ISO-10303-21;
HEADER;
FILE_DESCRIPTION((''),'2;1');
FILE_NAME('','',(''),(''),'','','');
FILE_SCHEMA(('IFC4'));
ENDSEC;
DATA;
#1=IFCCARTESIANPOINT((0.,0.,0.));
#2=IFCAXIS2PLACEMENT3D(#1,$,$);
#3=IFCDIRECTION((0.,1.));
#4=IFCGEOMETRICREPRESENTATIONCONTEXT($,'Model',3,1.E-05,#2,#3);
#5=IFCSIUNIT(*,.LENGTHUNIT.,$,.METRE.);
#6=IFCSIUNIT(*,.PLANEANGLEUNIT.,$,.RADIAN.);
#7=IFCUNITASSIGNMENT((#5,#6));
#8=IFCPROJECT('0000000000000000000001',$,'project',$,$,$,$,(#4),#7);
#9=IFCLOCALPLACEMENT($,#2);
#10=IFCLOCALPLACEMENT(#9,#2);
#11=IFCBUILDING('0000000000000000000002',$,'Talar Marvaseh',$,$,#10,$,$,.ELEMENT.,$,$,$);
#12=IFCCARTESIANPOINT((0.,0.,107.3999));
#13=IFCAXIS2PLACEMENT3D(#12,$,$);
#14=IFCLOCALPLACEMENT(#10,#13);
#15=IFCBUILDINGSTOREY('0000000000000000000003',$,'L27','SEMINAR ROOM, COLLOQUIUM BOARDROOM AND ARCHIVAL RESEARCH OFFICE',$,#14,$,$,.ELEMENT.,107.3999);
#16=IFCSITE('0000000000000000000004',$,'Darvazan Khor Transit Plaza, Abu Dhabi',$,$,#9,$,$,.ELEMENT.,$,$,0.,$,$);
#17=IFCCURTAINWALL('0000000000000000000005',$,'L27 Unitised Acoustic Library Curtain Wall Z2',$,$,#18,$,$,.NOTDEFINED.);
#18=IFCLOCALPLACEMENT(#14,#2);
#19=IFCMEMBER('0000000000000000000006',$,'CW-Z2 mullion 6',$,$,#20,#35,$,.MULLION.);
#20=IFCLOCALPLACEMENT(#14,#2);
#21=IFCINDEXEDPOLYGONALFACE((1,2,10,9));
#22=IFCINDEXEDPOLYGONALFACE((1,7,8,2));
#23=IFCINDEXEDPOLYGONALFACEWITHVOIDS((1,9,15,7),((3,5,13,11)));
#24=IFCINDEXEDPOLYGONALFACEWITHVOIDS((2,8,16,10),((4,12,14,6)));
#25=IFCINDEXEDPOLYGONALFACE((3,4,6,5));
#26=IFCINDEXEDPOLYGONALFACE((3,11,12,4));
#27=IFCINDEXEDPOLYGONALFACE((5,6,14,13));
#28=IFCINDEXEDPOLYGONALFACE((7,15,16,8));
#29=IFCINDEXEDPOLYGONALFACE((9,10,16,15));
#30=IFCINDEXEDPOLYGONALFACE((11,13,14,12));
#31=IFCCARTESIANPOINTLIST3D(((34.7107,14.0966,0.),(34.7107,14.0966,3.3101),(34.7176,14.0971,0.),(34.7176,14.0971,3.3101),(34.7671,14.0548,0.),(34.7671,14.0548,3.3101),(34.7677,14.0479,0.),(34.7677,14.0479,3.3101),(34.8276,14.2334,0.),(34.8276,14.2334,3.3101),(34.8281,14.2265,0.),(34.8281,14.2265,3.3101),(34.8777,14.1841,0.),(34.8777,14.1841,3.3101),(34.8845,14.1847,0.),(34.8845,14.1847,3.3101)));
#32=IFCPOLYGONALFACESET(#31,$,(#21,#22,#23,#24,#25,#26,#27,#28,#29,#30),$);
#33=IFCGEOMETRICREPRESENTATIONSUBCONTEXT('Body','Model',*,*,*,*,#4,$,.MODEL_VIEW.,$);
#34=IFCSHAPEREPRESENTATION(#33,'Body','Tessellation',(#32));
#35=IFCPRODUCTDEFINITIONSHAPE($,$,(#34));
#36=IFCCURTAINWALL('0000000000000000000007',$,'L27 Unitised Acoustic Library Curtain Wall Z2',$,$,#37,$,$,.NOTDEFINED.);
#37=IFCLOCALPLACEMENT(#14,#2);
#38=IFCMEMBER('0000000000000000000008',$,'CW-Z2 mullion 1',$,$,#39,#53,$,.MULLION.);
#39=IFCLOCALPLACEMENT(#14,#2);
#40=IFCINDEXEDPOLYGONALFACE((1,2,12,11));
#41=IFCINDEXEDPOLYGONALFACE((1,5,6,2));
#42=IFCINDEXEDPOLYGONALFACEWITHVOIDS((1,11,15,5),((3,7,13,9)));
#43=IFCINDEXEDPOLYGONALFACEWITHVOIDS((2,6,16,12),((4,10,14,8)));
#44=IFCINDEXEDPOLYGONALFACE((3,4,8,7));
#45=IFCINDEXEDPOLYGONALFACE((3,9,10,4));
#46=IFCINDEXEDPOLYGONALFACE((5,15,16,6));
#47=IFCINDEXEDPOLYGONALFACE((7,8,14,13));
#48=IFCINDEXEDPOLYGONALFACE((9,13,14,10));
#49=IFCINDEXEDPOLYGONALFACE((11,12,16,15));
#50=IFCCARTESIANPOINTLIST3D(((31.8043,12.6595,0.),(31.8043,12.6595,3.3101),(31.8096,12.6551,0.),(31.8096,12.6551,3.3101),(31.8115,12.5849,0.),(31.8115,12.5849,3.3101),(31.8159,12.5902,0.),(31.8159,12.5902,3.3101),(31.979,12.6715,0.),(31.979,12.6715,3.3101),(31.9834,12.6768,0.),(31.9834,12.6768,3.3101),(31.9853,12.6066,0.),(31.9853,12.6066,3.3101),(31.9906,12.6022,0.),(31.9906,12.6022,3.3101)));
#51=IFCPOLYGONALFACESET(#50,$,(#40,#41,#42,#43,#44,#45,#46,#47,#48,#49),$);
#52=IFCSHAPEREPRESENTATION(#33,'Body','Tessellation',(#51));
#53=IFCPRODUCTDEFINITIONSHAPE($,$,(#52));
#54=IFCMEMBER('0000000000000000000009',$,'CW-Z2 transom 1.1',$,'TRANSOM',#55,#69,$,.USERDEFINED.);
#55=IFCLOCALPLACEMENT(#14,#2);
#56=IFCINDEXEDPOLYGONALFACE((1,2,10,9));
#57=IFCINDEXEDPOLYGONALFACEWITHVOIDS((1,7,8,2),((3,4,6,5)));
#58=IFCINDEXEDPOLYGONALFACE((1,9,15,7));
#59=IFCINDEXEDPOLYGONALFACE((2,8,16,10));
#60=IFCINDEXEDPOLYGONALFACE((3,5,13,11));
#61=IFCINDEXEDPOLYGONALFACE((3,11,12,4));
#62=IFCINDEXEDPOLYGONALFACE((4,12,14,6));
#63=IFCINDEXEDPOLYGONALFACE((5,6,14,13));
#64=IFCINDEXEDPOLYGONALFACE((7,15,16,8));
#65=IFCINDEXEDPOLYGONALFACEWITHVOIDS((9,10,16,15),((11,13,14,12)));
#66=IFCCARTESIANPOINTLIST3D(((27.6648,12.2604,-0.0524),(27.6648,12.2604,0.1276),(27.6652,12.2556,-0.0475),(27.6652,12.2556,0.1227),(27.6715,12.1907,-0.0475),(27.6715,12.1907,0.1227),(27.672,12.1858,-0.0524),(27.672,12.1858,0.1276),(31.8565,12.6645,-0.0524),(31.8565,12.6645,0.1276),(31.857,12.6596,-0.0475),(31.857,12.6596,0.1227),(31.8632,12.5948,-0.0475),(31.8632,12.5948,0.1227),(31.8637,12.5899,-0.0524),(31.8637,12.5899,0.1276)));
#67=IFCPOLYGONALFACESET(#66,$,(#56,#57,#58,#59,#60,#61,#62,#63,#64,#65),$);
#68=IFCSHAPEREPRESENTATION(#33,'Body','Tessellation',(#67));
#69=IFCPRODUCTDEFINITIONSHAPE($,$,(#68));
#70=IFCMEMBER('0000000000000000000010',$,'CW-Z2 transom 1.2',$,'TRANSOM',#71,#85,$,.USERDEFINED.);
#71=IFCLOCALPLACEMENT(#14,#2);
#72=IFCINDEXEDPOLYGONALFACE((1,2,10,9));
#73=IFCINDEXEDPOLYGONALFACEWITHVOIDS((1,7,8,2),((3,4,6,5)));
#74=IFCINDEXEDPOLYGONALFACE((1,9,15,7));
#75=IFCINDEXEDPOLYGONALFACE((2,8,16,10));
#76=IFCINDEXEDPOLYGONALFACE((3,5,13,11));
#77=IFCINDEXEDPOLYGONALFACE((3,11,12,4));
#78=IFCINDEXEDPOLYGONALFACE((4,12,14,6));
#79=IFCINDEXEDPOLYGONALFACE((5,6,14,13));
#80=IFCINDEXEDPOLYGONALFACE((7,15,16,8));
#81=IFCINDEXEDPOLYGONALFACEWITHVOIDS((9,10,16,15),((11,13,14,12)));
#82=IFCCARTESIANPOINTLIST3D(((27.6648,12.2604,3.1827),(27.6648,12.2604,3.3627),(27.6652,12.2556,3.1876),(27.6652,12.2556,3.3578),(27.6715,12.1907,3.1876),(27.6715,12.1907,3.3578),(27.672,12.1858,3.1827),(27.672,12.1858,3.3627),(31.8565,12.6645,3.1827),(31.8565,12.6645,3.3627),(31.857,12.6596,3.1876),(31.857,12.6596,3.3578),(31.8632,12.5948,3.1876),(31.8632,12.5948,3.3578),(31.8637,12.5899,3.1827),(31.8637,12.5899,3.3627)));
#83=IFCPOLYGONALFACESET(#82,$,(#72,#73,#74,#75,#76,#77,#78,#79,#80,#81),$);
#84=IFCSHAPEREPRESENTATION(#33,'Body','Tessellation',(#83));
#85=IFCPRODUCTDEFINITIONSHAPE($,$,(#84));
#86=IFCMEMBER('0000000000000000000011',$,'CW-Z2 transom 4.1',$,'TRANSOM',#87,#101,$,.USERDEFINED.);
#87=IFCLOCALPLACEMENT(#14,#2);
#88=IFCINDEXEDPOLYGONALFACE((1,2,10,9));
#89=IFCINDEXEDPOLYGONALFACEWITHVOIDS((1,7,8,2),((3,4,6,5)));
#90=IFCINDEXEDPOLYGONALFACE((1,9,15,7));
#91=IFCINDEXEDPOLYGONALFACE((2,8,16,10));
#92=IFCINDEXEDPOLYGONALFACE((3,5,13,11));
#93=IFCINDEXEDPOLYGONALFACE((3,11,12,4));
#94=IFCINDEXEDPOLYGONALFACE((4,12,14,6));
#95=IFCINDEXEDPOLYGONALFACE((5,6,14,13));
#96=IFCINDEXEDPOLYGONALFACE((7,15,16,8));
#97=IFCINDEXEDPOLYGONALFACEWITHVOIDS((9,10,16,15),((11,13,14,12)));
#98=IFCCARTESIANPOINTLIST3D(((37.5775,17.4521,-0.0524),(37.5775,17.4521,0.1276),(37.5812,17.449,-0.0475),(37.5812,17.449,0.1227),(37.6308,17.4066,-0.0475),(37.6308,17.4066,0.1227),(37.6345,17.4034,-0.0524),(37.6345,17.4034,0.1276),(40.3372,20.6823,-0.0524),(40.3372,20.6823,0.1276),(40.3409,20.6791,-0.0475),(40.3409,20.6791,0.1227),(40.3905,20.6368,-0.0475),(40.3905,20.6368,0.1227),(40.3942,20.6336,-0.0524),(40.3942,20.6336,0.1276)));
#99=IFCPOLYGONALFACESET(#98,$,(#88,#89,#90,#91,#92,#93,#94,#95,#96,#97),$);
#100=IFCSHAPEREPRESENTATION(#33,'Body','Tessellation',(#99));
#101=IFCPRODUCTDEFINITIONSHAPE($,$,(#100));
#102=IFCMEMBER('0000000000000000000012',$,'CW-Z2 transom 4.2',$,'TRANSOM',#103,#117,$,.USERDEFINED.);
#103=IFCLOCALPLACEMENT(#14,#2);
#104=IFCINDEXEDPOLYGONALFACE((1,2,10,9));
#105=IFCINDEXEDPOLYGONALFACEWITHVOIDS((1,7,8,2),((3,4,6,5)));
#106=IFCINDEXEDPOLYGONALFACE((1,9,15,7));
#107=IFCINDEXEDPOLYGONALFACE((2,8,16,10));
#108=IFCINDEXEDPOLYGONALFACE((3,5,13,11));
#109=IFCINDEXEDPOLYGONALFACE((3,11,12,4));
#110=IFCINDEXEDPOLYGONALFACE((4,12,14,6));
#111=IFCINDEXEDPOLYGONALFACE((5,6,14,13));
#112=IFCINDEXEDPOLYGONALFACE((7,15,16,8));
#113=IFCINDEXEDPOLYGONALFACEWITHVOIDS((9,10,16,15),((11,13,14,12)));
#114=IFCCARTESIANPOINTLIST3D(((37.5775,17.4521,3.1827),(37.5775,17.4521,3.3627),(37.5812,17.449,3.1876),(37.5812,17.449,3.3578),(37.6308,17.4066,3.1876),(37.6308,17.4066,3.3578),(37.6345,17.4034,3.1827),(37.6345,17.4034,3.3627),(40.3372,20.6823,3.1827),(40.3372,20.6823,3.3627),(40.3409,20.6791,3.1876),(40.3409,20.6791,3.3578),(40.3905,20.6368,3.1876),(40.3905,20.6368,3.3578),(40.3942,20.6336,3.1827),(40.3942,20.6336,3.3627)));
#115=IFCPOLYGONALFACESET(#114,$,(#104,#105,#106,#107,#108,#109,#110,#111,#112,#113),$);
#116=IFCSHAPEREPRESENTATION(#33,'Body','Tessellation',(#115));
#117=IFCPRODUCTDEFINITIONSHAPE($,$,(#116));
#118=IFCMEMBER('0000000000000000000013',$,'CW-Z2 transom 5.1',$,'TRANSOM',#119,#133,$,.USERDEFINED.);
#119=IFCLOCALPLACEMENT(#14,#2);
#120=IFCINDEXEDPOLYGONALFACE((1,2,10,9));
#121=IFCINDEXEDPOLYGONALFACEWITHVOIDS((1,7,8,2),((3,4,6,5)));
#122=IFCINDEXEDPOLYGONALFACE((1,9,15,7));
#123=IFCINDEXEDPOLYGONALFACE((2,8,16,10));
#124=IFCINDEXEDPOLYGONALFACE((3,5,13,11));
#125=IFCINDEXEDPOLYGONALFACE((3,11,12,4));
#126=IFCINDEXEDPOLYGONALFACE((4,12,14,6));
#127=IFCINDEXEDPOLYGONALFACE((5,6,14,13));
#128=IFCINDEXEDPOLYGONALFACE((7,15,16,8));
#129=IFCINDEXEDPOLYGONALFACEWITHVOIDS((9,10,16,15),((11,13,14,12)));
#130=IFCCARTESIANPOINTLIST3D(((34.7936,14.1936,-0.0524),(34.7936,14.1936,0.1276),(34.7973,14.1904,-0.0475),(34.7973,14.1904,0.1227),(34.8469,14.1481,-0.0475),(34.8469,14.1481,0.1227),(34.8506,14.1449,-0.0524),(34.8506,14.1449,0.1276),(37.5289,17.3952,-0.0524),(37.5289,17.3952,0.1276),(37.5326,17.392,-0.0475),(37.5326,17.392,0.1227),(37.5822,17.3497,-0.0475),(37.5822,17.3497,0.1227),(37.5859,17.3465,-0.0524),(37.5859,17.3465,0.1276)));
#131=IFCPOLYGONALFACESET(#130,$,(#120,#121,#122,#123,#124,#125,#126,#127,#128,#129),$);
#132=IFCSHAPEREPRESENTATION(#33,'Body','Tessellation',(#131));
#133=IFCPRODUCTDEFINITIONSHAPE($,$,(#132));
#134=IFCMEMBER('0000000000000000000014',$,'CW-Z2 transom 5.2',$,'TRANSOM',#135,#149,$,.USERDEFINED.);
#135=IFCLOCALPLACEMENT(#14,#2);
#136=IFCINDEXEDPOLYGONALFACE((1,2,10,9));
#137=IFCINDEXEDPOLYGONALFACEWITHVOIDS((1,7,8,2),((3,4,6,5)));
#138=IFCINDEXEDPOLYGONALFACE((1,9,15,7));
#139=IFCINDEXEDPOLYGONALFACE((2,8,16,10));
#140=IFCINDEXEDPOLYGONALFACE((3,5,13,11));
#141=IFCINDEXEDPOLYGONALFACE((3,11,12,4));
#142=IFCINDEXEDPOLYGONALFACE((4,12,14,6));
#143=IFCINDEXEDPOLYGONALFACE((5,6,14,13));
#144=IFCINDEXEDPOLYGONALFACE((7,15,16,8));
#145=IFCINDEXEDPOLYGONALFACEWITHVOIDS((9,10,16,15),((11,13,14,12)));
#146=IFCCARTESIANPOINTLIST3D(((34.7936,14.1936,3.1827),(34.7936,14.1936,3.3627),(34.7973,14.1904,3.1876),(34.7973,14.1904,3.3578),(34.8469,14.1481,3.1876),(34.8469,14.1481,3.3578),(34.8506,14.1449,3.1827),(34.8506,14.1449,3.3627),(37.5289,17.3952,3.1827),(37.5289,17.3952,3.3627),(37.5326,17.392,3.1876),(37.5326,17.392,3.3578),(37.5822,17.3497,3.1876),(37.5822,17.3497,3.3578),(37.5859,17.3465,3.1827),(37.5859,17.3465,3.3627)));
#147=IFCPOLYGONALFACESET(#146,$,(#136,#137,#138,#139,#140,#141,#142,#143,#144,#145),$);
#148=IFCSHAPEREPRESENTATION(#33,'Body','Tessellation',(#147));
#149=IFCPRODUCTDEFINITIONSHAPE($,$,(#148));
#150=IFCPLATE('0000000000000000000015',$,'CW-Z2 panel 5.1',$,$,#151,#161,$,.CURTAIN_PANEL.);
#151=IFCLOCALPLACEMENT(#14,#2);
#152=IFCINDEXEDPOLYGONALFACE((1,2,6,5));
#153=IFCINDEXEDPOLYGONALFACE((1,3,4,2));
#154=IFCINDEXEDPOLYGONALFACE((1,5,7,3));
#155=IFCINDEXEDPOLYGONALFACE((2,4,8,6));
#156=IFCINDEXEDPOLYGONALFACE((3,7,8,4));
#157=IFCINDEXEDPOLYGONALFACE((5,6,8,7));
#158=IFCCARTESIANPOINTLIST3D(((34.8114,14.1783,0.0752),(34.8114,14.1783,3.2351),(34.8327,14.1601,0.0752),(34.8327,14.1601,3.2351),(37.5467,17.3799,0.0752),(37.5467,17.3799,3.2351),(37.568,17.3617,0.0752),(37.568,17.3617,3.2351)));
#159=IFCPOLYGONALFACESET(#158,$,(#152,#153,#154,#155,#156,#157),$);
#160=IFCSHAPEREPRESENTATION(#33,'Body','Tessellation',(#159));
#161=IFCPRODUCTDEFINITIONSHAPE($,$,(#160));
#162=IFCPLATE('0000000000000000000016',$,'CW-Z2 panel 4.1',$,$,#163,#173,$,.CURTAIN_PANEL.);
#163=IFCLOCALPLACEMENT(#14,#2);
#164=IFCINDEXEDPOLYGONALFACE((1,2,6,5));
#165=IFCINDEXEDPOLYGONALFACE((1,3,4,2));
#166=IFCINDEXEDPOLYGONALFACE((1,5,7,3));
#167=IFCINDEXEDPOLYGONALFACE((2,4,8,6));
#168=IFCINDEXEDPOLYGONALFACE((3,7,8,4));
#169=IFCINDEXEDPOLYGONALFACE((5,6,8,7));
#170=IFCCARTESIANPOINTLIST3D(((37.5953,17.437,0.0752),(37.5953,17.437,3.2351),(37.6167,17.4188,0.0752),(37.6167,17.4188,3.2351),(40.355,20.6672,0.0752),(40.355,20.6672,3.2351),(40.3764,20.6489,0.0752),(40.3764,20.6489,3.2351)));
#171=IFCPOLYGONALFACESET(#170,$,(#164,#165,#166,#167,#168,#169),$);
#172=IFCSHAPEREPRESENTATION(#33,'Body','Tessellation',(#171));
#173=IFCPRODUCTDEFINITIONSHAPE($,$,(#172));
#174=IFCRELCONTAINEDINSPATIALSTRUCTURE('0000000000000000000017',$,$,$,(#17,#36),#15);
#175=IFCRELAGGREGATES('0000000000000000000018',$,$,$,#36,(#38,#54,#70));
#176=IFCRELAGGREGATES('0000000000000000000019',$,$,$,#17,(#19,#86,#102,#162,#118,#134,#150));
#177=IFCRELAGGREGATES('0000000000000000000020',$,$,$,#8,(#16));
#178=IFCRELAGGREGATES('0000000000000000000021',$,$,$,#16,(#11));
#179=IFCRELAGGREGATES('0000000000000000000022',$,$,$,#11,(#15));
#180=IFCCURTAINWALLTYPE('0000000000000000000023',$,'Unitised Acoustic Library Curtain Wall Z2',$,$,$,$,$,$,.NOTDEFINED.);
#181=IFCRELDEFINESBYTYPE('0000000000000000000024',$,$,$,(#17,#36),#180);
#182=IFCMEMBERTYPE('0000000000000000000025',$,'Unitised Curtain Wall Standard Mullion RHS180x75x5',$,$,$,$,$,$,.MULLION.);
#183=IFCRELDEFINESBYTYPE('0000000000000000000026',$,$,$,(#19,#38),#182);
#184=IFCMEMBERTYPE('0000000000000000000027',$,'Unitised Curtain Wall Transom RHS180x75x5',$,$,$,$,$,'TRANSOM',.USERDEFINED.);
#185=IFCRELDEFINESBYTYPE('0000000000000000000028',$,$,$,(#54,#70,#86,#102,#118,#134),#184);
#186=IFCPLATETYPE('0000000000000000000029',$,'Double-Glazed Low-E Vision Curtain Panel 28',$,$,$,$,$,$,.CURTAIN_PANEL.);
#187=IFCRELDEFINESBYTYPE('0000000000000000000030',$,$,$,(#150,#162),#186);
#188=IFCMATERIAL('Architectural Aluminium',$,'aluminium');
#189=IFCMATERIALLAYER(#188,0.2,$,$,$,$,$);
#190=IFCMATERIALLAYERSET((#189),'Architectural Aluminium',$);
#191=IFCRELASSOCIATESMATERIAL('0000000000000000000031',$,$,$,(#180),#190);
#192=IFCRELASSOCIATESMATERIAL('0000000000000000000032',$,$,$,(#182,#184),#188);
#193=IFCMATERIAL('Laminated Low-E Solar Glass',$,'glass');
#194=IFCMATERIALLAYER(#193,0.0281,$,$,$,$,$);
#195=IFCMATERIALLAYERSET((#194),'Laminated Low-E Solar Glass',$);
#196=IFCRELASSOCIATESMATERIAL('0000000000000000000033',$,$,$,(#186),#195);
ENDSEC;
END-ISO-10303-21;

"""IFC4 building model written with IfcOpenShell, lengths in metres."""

from ifc_helpers import new_model, si_unit, direction, frame, origin, origin_2d, place, context, subcontext, project, spatial, rectangle, hollow_rectangle, extrude, source, transform, mapped, material, layer, layer_set, material_profile, profile_set, type_object, type_shapes, element, aggregate, save


model = new_model("IFC4")

# Units and contexts
model_context = context("Model", 3, precision=1e-05, world=origin(), true_north=direction((0.0, 1.0)))
body_context = subcontext(model_context, "Body", "Model", "MODEL_VIEW")
ifc_project = project(units=[si_unit("LENGTHUNIT", "METRE"), si_unit("PLANEANGLEUNIT", "RADIAN")], contexts=[model_context])

# Site, building, storey
site_placement = place(None, origin())
site = spatial("IfcSite", under=ifc_project, at=site_placement, Name="Darvazan Khor Transit Plaza, Abu Dhabi", CompositionType="ELEMENT", RefElevation=0.0)
building_placement = place(site_placement, origin())
building = spatial("IfcBuilding", under=site, at=building_placement, Name="Talar Marvaseh", CompositionType="ELEMENT")
storey_placement = place(building_placement, frame((0.0, 0.0, 107.3999)))
storey = spatial("IfcBuildingStorey", under=building, at=storey_placement, Name="L27", Description="SEMINAR ROOM, COLLOQUIUM BOARDROOM AND ARCHIVAL RESEARCH OFFICE", CompositionType="ELEMENT", Elevation=107.3999)

# Curtain walls, members
ifc_material_1 = material(Name="Architectural Aluminium", Category="aluminium")
ifc_layer_1 = layer(ifc_material_1, 0.2)
ifc_layer_set_1 = layer_set([ifc_layer_1], Name="Architectural Aluminium")
curtain_wall_type = type_object("IfcCurtainWallType", Name="Unitised Acoustic Library Curtain Wall Z2", PredefinedType="NOTDEFINED", material=ifc_layer_set_1)
curtain_wall_1_placement = place(storey_placement, origin())
curtain_wall_1 = element("IfcCurtainWall", 1, at=curtain_wall_1_placement, inside=storey, type_object=curtain_wall_type, Name="L27 Unitised Acoustic Library Curtain Wall Z2", PredefinedType="NOTDEFINED")
ifc_material_profile_1 = material_profile(ifc_material_1, hollow_rectangle(XDim=0.075, YDim=0.1799, WallThickness=0.0049, at=origin_2d()), Name="RHS180x75x5")
ifc_profile_set_1 = profile_set([ifc_material_profile_1], Name="Architectural Aluminium")
member_type_1 = type_object("IfcMemberType", Name="Unitised Curtain Wall Standard Mullion RHS180x75x5", PredefinedType="MULLION", material=ifc_profile_set_1)
shared_shape_1 = source(origin(), body_context, "Body", "SweptSolid", [
    extrude(hollow_rectangle(XDim=0.075, YDim=0.1799, WallThickness=0.0049, at=origin_2d()), origin(), (0.0, 0.0, 1.0), 3.3101),
])
type_shapes(member_type_1, [shared_shape_1])
member_1_placement = place(storey_placement, frame((34.7976, 14.1406, 0.0), z_axis=(0.0, 0.0, 1.0), x_axis=(0.760305, -0.649567, 0.0)))
member_1 = element("IfcMember", 2, at=member_1_placement, type_object=member_type_1, Name="CW-Z2 mullion 6", PredefinedType="MULLION", context=body_context, shape_type="MappedRepresentation", body=[
    mapped(shared_shape_1, transform((0.0, 0.0, 0.0), x_axis=(1.0, 0.0, 0.0), y_axis=(0.0, 1.0, 0.0), z_axis=(0.0, 0.0, 1.0), scale=1.0)),
])
curtain_wall_2_placement = place(storey_placement, origin())
curtain_wall_2 = element("IfcCurtainWall", 3, at=curtain_wall_2_placement, inside=storey, type_object=curtain_wall_type, Name="L27 Unitised Acoustic Library Curtain Wall Z2", PredefinedType="NOTDEFINED")
member_2_placement = place(storey_placement, frame((31.8975, 12.6309, 0.0), z_axis=(0.0, 0.0, 1.0), x_axis=(0.096, -0.995381, 0.0)))
member_2 = element("IfcMember", 4, at=member_2_placement, type_object=member_type_1, Name="CW-Z2 mullion 1", PredefinedType="MULLION", context=body_context, shape_type="MappedRepresentation", body=[
    mapped(shared_shape_1, transform((0.0, 0.0, 0.0), x_axis=(1.0, 0.0, 0.0), y_axis=(0.0, 1.0, 0.0), z_axis=(0.0, 0.0, 1.0), scale=1.0)),
])
ifc_material_profile_2 = material_profile(ifc_material_1, hollow_rectangle(XDim=0.075, YDim=0.1799, WallThickness=0.0049, at=origin_2d()), Name="RHS180x75x5")
ifc_profile_set_2 = profile_set([ifc_material_profile_2], Name="Architectural Aluminium")
member_type_2 = type_object("IfcMemberType", Name="Unitised Curtain Wall Transom RHS180x75x5", ElementType="TRANSOM", PredefinedType="USERDEFINED", material=ifc_profile_set_2)
shared_shape_2 = source(origin(), body_context, "Body", "SweptSolid", [
    extrude(hollow_rectangle(XDim=0.075, YDim=0.1799, WallThickness=0.0049, at=origin_2d()), origin(), (0.0, 0.0, 1.0), 4.2112),
])
member_3_placement = place(storey_placement, frame((31.8601, 12.6272, 0.0376), z_axis=(-0.995386, -0.09595, 0.0), x_axis=(0.09595, -0.995386, 0.0)))
member_3 = element("IfcMember", 5, at=member_3_placement, type_object=member_type_2, Name="CW-Z2 transom 1.1", ObjectType="TRANSOM", PredefinedType="USERDEFINED", context=body_context, shape_type="MappedRepresentation", body=[
    mapped(shared_shape_2, transform((0.0, 0.0, 0.0), x_axis=(1.0, 0.0, 0.0), y_axis=(0.0, 1.0, 0.0), z_axis=(0.0, 0.0, 1.0), scale=1.0)),
])
member_4_placement = place(storey_placement, frame((31.8601, 12.6272, 3.2727), z_axis=(-0.995386, -0.09595, 0.0), x_axis=(0.09595, -0.995386, 0.0)))
member_4 = element("IfcMember", 6, at=member_4_placement, type_object=member_type_2, Name="CW-Z2 transom 1.2", ObjectType="TRANSOM", PredefinedType="USERDEFINED", context=body_context, shape_type="MappedRepresentation", body=[
    mapped(shared_shape_2, transform((0.0, 0.0, 0.0), x_axis=(1.0, 0.0, 0.0), y_axis=(0.0, 1.0, 0.0), z_axis=(0.0, 0.0, 1.0), scale=1.0)),
])
aggregate(curtain_wall_2, [member_2, member_3, member_4])

# Members
shared_shape_3 = source(origin(), body_context, "Body", "SweptSolid", [
    extrude(hollow_rectangle(XDim=0.075, YDim=0.1799, WallThickness=0.0049, at=origin_2d()), origin(), (0.0, 0.0, 1.0), 4.2485),
])
member_5_placement = place(storey_placement, frame((40.3657, 20.658, 0.0376), z_axis=(-0.64957, -0.760302, 0.0), x_axis=(0.760302, -0.64957, 0.0)))
member_5 = element("IfcMember", 7, at=member_5_placement, type_object=member_type_2, Name="CW-Z2 transom 4.1", ObjectType="TRANSOM", PredefinedType="USERDEFINED", context=body_context, shape_type="MappedRepresentation", body=[
    mapped(shared_shape_3, transform((0.0, 0.0, 0.0), x_axis=(1.0, 0.0, 0.0), y_axis=(0.0, 1.0, 0.0), z_axis=(0.0, 0.0, 1.0), scale=1.0)),
])
member_6_placement = place(storey_placement, frame((40.3657, 20.658, 3.2727), z_axis=(-0.64957, -0.760302, 0.0), x_axis=(0.760302, -0.64957, 0.0)))
member_6 = element("IfcMember", 8, at=member_6_placement, type_object=member_type_2, Name="CW-Z2 transom 4.2", ObjectType="TRANSOM", PredefinedType="USERDEFINED", context=body_context, shape_type="MappedRepresentation", body=[
    mapped(shared_shape_3, transform((0.0, 0.0, 0.0), x_axis=(1.0, 0.0, 0.0), y_axis=(0.0, 1.0, 0.0), z_axis=(0.0, 0.0, 1.0), scale=1.0)),
])
shared_shape_4 = source(origin(), body_context, "Body", "SweptSolid", [
    extrude(hollow_rectangle(XDim=0.075, YDim=0.1799, WallThickness=0.0049, at=origin_2d()), origin(), (0.0, 0.0, 1.0), 4.2109),
])
type_shapes(member_type_2, [shared_shape_2, shared_shape_3, shared_shape_4])
member_7_placement = place(storey_placement, frame((37.5574, 17.3708, 0.0376), z_axis=(-0.649568, -0.760303, 0.0), x_axis=(0.760303, -0.649568, 0.0)))
member_7 = element("IfcMember", 9, at=member_7_placement, type_object=member_type_2, Name="CW-Z2 transom 5.1", ObjectType="TRANSOM", PredefinedType="USERDEFINED", context=body_context, shape_type="MappedRepresentation", body=[
    mapped(shared_shape_4, transform((0.0, 0.0, 0.0), x_axis=(1.0, 0.0, 0.0), y_axis=(0.0, 1.0, 0.0), z_axis=(0.0, 0.0, 1.0), scale=1.0)),
])
member_8_placement = place(storey_placement, frame((37.5574, 17.3708, 3.2727), z_axis=(-0.649568, -0.760303, 0.0), x_axis=(0.760303, -0.649568, 0.0)))
member_8 = element("IfcMember", 10, at=member_8_placement, type_object=member_type_2, Name="CW-Z2 transom 5.2", ObjectType="TRANSOM", PredefinedType="USERDEFINED", context=body_context, shape_type="MappedRepresentation", body=[
    mapped(shared_shape_4, transform((0.0, 0.0, 0.0), x_axis=(1.0, 0.0, 0.0), y_axis=(0.0, 1.0, 0.0), z_axis=(0.0, 0.0, 1.0), scale=1.0)),
])

# Plates
ifc_material_2 = material(Name="Laminated Low-E Solar Glass", Category="glass")
ifc_layer_2 = layer(ifc_material_2, 0.0281)
ifc_layer_set_2 = layer_set([ifc_layer_2], Name="Laminated Low-E Solar Glass")
plate_type = type_object("IfcPlateType", Name="Double-Glazed Low-E Vision Curtain Panel 28", PredefinedType="CURTAIN_PANEL", material=ifc_layer_set_2)
shared_shape_5 = source(origin(), body_context, "Body", "SweptSolid", [
    extrude(rectangle(XDim=4.2109, YDim=0.0281, at=origin_2d()), origin(), (0.0, 0.0, 1.0), 3.1599),
])
plate_1_placement = place(storey_placement, frame((36.1897, 15.77, 0.0752), z_axis=(0.0, 0.0, 1.0), x_axis=(-0.649567, -0.760305, 0.0)))
plate_1 = element("IfcPlate", 11, at=plate_1_placement, type_object=plate_type, Name="CW-Z2 panel 5.1", PredefinedType="CURTAIN_PANEL", context=body_context, shape_type="MappedRepresentation", body=[
    mapped(shared_shape_5, transform((0.0, 0.0, 0.0), x_axis=(1.0, 0.0, 0.0), y_axis=(0.0, 1.0, 0.0), z_axis=(0.0, 0.0, 1.0), scale=1.0)),
])
shared_shape_6 = source(origin(), body_context, "Body", "SweptSolid", [
    extrude(rectangle(XDim=4.2485, YDim=0.0281, at=origin_2d()), origin(), (0.0, 0.0, 1.0), 3.1599),
])
type_shapes(plate_type, [shared_shape_5, shared_shape_6])
plate_2_placement = place(storey_placement, frame((38.9858, 19.043, 0.0752), z_axis=(0.0, 0.0, 1.0), x_axis=(-0.649567, -0.760305, 0.0)))
plate_2 = element("IfcPlate", 12, at=plate_2_placement, type_object=plate_type, Name="CW-Z2 panel 4.1", PredefinedType="CURTAIN_PANEL", context=body_context, shape_type="MappedRepresentation", body=[
    mapped(shared_shape_6, transform((0.0, 0.0, 0.0), x_axis=(1.0, 0.0, 0.0), y_axis=(0.0, 1.0, 0.0), z_axis=(0.0, 0.0, 1.0), scale=1.0)),
])
aggregate(curtain_wall_1, [member_1, member_5, member_6, plate_2, member_7, member_8, plate_1])

save(model, "model.ifc")
